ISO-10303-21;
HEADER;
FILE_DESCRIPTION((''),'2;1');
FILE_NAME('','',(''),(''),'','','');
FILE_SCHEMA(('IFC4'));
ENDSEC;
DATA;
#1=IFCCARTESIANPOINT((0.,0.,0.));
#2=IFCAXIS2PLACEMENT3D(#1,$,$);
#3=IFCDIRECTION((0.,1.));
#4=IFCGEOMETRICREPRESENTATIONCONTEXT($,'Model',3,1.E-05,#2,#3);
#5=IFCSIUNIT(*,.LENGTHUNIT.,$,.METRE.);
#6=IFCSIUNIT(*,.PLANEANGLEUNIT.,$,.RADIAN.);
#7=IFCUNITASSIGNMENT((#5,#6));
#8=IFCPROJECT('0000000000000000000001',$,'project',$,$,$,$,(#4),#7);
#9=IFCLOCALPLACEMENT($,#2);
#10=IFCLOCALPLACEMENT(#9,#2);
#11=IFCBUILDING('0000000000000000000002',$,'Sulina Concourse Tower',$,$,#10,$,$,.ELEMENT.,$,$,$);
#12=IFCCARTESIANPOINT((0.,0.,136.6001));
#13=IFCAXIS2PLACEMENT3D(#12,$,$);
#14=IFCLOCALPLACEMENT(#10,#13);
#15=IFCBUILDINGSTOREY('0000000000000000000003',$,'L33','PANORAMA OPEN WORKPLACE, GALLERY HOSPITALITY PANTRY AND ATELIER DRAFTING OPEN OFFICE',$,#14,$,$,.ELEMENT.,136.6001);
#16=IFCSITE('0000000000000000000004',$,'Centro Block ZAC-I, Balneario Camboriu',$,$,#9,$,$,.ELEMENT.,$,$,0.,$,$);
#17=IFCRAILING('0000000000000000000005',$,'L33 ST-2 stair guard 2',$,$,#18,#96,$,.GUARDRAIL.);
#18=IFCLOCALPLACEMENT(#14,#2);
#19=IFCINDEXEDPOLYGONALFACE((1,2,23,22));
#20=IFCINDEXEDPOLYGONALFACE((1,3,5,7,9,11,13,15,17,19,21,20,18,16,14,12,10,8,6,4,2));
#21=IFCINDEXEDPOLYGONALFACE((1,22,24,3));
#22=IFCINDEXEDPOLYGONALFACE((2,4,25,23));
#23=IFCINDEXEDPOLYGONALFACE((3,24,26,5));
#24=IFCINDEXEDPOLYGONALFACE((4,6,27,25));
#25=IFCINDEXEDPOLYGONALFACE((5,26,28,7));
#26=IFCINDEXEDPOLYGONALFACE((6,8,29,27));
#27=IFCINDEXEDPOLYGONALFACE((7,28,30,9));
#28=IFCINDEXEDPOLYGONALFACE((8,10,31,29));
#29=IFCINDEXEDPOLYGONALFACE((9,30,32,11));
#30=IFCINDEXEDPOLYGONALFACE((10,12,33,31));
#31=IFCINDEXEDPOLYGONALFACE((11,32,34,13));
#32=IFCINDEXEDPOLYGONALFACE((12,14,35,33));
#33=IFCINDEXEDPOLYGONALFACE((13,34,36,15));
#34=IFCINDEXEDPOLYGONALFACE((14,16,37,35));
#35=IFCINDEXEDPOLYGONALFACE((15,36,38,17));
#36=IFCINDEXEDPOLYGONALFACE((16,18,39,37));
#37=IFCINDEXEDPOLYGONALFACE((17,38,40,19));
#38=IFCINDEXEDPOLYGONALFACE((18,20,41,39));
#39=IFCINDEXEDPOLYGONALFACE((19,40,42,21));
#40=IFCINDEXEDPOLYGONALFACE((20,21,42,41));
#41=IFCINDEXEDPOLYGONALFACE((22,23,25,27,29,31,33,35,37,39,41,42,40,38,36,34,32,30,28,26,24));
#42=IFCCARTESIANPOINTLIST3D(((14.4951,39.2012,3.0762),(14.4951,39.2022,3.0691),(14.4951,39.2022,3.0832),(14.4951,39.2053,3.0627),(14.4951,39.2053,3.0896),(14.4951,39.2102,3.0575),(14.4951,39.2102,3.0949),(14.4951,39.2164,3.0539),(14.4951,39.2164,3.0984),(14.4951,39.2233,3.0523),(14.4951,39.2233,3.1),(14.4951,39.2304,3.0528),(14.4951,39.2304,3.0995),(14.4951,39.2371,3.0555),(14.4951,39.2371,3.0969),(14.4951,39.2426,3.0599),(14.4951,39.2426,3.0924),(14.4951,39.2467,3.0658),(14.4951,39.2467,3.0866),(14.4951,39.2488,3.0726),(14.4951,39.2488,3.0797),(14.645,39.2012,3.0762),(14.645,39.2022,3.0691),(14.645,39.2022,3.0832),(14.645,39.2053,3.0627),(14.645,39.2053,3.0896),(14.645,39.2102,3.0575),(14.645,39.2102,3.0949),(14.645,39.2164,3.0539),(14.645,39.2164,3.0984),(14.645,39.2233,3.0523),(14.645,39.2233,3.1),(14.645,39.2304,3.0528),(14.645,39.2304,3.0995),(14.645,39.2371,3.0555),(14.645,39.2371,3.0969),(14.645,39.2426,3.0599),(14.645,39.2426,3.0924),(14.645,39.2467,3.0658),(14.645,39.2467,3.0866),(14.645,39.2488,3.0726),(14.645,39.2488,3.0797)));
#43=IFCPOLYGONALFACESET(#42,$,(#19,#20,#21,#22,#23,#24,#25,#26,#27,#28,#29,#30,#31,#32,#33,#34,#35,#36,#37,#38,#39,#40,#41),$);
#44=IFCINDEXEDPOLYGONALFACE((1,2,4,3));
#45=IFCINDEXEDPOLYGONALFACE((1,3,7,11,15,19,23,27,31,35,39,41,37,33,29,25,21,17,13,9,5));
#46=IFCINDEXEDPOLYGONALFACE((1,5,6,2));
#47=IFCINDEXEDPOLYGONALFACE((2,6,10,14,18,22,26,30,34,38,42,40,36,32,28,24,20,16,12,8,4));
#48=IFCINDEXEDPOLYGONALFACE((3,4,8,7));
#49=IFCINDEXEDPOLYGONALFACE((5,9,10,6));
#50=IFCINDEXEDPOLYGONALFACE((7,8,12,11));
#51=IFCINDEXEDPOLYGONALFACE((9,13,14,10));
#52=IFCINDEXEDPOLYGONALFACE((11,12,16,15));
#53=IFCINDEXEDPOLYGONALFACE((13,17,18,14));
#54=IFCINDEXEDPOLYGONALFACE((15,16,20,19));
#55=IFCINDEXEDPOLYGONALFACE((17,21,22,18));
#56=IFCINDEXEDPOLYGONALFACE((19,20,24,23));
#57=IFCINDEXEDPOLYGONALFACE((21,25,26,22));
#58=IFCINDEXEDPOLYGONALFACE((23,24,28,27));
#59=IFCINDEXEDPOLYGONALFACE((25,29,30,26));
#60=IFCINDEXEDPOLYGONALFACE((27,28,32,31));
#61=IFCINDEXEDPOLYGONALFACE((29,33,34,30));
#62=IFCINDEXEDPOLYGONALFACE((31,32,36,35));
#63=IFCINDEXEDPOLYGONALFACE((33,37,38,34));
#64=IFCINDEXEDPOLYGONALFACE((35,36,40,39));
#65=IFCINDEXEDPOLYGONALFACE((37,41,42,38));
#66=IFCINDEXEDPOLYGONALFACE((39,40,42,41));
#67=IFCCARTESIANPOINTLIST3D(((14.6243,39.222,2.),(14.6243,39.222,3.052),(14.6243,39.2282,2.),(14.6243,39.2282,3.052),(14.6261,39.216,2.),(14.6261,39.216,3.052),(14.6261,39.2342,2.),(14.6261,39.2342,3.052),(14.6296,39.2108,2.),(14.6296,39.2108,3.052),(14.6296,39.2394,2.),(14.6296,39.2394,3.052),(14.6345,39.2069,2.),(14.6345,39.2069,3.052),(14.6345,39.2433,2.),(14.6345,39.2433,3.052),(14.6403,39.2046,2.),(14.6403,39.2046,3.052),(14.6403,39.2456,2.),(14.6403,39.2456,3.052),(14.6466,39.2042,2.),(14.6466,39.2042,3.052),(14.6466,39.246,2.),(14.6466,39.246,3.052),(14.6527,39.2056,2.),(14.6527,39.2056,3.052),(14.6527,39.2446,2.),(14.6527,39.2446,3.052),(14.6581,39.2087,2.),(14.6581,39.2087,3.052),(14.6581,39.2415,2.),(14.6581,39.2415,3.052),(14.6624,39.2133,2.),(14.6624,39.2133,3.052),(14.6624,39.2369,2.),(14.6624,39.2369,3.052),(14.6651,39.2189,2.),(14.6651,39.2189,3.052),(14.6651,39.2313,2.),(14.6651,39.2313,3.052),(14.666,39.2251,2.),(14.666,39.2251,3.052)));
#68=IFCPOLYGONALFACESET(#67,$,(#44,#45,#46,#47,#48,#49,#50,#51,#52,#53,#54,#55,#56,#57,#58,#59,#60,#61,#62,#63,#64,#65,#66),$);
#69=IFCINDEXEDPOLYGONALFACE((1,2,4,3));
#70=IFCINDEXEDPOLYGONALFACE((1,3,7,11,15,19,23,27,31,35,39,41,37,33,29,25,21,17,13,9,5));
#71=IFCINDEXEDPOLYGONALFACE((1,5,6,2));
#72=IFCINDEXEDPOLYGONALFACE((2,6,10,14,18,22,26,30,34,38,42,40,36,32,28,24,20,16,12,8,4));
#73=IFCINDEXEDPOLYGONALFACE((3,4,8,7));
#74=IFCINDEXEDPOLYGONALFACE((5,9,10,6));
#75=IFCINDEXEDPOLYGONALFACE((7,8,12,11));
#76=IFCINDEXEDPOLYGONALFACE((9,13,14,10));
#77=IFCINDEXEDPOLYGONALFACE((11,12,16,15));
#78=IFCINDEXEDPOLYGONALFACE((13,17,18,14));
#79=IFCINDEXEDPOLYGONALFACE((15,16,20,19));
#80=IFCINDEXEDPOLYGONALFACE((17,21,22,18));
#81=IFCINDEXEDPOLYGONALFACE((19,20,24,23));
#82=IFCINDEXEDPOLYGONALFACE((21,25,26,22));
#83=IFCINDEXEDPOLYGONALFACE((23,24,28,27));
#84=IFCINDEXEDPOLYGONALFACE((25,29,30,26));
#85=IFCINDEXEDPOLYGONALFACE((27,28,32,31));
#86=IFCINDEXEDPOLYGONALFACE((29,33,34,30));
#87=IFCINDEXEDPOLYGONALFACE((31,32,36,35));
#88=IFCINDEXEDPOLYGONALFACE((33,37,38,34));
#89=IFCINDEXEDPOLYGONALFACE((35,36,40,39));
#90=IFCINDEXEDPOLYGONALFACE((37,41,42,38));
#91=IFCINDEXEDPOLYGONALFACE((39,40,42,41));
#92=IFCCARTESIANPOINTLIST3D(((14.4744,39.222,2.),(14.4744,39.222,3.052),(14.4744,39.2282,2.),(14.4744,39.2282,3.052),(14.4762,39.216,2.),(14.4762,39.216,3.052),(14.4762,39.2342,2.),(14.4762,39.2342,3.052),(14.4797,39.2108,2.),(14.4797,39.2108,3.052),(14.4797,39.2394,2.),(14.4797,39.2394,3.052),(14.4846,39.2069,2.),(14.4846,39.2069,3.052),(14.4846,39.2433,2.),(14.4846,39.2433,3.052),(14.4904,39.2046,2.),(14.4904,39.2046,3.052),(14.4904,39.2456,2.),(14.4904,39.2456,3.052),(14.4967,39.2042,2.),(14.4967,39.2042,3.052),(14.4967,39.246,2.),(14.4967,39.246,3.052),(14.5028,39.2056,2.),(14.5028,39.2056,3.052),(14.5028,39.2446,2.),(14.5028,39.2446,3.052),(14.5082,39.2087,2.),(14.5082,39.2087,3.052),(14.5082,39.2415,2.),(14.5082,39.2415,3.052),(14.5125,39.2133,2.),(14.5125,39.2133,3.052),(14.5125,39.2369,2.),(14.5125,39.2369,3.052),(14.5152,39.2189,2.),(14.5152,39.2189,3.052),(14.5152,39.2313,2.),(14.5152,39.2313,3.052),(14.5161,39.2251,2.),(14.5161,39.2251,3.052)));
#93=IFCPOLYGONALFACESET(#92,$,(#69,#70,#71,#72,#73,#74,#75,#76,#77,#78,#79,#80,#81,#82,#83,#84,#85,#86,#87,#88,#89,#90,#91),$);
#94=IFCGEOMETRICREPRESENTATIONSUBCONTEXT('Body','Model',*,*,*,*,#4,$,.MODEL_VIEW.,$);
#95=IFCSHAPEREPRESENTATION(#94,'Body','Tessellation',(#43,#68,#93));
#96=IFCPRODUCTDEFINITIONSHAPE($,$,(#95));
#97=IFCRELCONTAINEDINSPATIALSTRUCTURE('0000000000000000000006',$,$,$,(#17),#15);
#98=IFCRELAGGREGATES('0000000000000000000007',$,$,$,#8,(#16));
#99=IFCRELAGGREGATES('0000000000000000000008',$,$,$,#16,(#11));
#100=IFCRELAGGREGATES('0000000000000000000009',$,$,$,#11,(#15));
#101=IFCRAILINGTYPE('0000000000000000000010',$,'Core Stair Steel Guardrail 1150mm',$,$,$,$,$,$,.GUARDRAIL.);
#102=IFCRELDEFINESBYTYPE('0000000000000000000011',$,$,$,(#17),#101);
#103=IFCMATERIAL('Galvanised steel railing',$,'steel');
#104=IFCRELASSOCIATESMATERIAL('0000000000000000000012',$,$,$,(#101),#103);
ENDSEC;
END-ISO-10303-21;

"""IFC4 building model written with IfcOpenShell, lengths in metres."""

from ifc_helpers import new_model, si_unit, direction, frame, origin, origin_2d, place, context, subcontext, project, spatial, circle, extrude, material, type_object, element, save


model = new_model("IFC4")

# Units and contexts
model_context = context("Model", 3, precision=1e-05, world=origin(), true_north=direction((0.0, 1.0)))
body_context = subcontext(model_context, "Body", "Model", "MODEL_VIEW")
ifc_project = project(units=[si_unit("LENGTHUNIT", "METRE"), si_unit("PLANEANGLEUNIT", "RADIAN")], contexts=[model_context])

# Site, building, storey
site_placement = place(None, origin())
site = spatial("IfcSite", under=ifc_project, at=site_placement, Name="Centro Block ZAC-I, Balneario Camboriu", CompositionType="ELEMENT", RefElevation=0.0)
building_placement = place(site_placement, origin())
building = spatial("IfcBuilding", under=site, at=building_placement, Name="Sulina Concourse Tower", CompositionType="ELEMENT")
storey_placement = place(building_placement, frame((0.0, 0.0, 136.6001)))
storey = spatial("IfcBuildingStorey", under=building, at=storey_placement, Name="L33", Description="PANORAMA OPEN WORKPLACE, GALLERY HOSPITALITY PANTRY AND ATELIER DRAFTING OPEN OFFICE", CompositionType="ELEMENT", Elevation=136.6001)

# Railing
ifc_material_1 = material(Name="Galvanised steel railing", Category="steel")
railing_type_1 = type_object("IfcRailingType", Name="Core Stair Steel Guardrail 1150mm", PredefinedType="GUARDRAIL", material=ifc_material_1)
railing_1_placement = place(storey_placement, frame((14.645, 39.2251, 2.0)))
element("IfcRailing", 1, at=railing_1_placement, inside=storey, type_object=railing_type_1, Name="L33 ST-2 stair guard 2", PredefinedType="GUARDRAIL", context=body_context, shape_type="SweptSolid", body=[
    extrude(circle(Radius=0.0239, at=origin_2d()), frame((0.0, 0.0, 1.0762), z_axis=(-1.0, 0.0, 0.0), x_axis=(0.0, -1.0, 0.0)), (0.0, 0.0, 1.0), 0.1499),
    extrude(circle(Radius=0.021, at=origin_2d()), origin(), (0.0, 0.0, 1.0), 1.052),
    extrude(circle(Radius=0.021, at=origin_2d()), frame((-0.1499, 0.0, 0.0)), (0.0, 0.0, 1.0), 1.052),
])

save(model, "model.ifc")
